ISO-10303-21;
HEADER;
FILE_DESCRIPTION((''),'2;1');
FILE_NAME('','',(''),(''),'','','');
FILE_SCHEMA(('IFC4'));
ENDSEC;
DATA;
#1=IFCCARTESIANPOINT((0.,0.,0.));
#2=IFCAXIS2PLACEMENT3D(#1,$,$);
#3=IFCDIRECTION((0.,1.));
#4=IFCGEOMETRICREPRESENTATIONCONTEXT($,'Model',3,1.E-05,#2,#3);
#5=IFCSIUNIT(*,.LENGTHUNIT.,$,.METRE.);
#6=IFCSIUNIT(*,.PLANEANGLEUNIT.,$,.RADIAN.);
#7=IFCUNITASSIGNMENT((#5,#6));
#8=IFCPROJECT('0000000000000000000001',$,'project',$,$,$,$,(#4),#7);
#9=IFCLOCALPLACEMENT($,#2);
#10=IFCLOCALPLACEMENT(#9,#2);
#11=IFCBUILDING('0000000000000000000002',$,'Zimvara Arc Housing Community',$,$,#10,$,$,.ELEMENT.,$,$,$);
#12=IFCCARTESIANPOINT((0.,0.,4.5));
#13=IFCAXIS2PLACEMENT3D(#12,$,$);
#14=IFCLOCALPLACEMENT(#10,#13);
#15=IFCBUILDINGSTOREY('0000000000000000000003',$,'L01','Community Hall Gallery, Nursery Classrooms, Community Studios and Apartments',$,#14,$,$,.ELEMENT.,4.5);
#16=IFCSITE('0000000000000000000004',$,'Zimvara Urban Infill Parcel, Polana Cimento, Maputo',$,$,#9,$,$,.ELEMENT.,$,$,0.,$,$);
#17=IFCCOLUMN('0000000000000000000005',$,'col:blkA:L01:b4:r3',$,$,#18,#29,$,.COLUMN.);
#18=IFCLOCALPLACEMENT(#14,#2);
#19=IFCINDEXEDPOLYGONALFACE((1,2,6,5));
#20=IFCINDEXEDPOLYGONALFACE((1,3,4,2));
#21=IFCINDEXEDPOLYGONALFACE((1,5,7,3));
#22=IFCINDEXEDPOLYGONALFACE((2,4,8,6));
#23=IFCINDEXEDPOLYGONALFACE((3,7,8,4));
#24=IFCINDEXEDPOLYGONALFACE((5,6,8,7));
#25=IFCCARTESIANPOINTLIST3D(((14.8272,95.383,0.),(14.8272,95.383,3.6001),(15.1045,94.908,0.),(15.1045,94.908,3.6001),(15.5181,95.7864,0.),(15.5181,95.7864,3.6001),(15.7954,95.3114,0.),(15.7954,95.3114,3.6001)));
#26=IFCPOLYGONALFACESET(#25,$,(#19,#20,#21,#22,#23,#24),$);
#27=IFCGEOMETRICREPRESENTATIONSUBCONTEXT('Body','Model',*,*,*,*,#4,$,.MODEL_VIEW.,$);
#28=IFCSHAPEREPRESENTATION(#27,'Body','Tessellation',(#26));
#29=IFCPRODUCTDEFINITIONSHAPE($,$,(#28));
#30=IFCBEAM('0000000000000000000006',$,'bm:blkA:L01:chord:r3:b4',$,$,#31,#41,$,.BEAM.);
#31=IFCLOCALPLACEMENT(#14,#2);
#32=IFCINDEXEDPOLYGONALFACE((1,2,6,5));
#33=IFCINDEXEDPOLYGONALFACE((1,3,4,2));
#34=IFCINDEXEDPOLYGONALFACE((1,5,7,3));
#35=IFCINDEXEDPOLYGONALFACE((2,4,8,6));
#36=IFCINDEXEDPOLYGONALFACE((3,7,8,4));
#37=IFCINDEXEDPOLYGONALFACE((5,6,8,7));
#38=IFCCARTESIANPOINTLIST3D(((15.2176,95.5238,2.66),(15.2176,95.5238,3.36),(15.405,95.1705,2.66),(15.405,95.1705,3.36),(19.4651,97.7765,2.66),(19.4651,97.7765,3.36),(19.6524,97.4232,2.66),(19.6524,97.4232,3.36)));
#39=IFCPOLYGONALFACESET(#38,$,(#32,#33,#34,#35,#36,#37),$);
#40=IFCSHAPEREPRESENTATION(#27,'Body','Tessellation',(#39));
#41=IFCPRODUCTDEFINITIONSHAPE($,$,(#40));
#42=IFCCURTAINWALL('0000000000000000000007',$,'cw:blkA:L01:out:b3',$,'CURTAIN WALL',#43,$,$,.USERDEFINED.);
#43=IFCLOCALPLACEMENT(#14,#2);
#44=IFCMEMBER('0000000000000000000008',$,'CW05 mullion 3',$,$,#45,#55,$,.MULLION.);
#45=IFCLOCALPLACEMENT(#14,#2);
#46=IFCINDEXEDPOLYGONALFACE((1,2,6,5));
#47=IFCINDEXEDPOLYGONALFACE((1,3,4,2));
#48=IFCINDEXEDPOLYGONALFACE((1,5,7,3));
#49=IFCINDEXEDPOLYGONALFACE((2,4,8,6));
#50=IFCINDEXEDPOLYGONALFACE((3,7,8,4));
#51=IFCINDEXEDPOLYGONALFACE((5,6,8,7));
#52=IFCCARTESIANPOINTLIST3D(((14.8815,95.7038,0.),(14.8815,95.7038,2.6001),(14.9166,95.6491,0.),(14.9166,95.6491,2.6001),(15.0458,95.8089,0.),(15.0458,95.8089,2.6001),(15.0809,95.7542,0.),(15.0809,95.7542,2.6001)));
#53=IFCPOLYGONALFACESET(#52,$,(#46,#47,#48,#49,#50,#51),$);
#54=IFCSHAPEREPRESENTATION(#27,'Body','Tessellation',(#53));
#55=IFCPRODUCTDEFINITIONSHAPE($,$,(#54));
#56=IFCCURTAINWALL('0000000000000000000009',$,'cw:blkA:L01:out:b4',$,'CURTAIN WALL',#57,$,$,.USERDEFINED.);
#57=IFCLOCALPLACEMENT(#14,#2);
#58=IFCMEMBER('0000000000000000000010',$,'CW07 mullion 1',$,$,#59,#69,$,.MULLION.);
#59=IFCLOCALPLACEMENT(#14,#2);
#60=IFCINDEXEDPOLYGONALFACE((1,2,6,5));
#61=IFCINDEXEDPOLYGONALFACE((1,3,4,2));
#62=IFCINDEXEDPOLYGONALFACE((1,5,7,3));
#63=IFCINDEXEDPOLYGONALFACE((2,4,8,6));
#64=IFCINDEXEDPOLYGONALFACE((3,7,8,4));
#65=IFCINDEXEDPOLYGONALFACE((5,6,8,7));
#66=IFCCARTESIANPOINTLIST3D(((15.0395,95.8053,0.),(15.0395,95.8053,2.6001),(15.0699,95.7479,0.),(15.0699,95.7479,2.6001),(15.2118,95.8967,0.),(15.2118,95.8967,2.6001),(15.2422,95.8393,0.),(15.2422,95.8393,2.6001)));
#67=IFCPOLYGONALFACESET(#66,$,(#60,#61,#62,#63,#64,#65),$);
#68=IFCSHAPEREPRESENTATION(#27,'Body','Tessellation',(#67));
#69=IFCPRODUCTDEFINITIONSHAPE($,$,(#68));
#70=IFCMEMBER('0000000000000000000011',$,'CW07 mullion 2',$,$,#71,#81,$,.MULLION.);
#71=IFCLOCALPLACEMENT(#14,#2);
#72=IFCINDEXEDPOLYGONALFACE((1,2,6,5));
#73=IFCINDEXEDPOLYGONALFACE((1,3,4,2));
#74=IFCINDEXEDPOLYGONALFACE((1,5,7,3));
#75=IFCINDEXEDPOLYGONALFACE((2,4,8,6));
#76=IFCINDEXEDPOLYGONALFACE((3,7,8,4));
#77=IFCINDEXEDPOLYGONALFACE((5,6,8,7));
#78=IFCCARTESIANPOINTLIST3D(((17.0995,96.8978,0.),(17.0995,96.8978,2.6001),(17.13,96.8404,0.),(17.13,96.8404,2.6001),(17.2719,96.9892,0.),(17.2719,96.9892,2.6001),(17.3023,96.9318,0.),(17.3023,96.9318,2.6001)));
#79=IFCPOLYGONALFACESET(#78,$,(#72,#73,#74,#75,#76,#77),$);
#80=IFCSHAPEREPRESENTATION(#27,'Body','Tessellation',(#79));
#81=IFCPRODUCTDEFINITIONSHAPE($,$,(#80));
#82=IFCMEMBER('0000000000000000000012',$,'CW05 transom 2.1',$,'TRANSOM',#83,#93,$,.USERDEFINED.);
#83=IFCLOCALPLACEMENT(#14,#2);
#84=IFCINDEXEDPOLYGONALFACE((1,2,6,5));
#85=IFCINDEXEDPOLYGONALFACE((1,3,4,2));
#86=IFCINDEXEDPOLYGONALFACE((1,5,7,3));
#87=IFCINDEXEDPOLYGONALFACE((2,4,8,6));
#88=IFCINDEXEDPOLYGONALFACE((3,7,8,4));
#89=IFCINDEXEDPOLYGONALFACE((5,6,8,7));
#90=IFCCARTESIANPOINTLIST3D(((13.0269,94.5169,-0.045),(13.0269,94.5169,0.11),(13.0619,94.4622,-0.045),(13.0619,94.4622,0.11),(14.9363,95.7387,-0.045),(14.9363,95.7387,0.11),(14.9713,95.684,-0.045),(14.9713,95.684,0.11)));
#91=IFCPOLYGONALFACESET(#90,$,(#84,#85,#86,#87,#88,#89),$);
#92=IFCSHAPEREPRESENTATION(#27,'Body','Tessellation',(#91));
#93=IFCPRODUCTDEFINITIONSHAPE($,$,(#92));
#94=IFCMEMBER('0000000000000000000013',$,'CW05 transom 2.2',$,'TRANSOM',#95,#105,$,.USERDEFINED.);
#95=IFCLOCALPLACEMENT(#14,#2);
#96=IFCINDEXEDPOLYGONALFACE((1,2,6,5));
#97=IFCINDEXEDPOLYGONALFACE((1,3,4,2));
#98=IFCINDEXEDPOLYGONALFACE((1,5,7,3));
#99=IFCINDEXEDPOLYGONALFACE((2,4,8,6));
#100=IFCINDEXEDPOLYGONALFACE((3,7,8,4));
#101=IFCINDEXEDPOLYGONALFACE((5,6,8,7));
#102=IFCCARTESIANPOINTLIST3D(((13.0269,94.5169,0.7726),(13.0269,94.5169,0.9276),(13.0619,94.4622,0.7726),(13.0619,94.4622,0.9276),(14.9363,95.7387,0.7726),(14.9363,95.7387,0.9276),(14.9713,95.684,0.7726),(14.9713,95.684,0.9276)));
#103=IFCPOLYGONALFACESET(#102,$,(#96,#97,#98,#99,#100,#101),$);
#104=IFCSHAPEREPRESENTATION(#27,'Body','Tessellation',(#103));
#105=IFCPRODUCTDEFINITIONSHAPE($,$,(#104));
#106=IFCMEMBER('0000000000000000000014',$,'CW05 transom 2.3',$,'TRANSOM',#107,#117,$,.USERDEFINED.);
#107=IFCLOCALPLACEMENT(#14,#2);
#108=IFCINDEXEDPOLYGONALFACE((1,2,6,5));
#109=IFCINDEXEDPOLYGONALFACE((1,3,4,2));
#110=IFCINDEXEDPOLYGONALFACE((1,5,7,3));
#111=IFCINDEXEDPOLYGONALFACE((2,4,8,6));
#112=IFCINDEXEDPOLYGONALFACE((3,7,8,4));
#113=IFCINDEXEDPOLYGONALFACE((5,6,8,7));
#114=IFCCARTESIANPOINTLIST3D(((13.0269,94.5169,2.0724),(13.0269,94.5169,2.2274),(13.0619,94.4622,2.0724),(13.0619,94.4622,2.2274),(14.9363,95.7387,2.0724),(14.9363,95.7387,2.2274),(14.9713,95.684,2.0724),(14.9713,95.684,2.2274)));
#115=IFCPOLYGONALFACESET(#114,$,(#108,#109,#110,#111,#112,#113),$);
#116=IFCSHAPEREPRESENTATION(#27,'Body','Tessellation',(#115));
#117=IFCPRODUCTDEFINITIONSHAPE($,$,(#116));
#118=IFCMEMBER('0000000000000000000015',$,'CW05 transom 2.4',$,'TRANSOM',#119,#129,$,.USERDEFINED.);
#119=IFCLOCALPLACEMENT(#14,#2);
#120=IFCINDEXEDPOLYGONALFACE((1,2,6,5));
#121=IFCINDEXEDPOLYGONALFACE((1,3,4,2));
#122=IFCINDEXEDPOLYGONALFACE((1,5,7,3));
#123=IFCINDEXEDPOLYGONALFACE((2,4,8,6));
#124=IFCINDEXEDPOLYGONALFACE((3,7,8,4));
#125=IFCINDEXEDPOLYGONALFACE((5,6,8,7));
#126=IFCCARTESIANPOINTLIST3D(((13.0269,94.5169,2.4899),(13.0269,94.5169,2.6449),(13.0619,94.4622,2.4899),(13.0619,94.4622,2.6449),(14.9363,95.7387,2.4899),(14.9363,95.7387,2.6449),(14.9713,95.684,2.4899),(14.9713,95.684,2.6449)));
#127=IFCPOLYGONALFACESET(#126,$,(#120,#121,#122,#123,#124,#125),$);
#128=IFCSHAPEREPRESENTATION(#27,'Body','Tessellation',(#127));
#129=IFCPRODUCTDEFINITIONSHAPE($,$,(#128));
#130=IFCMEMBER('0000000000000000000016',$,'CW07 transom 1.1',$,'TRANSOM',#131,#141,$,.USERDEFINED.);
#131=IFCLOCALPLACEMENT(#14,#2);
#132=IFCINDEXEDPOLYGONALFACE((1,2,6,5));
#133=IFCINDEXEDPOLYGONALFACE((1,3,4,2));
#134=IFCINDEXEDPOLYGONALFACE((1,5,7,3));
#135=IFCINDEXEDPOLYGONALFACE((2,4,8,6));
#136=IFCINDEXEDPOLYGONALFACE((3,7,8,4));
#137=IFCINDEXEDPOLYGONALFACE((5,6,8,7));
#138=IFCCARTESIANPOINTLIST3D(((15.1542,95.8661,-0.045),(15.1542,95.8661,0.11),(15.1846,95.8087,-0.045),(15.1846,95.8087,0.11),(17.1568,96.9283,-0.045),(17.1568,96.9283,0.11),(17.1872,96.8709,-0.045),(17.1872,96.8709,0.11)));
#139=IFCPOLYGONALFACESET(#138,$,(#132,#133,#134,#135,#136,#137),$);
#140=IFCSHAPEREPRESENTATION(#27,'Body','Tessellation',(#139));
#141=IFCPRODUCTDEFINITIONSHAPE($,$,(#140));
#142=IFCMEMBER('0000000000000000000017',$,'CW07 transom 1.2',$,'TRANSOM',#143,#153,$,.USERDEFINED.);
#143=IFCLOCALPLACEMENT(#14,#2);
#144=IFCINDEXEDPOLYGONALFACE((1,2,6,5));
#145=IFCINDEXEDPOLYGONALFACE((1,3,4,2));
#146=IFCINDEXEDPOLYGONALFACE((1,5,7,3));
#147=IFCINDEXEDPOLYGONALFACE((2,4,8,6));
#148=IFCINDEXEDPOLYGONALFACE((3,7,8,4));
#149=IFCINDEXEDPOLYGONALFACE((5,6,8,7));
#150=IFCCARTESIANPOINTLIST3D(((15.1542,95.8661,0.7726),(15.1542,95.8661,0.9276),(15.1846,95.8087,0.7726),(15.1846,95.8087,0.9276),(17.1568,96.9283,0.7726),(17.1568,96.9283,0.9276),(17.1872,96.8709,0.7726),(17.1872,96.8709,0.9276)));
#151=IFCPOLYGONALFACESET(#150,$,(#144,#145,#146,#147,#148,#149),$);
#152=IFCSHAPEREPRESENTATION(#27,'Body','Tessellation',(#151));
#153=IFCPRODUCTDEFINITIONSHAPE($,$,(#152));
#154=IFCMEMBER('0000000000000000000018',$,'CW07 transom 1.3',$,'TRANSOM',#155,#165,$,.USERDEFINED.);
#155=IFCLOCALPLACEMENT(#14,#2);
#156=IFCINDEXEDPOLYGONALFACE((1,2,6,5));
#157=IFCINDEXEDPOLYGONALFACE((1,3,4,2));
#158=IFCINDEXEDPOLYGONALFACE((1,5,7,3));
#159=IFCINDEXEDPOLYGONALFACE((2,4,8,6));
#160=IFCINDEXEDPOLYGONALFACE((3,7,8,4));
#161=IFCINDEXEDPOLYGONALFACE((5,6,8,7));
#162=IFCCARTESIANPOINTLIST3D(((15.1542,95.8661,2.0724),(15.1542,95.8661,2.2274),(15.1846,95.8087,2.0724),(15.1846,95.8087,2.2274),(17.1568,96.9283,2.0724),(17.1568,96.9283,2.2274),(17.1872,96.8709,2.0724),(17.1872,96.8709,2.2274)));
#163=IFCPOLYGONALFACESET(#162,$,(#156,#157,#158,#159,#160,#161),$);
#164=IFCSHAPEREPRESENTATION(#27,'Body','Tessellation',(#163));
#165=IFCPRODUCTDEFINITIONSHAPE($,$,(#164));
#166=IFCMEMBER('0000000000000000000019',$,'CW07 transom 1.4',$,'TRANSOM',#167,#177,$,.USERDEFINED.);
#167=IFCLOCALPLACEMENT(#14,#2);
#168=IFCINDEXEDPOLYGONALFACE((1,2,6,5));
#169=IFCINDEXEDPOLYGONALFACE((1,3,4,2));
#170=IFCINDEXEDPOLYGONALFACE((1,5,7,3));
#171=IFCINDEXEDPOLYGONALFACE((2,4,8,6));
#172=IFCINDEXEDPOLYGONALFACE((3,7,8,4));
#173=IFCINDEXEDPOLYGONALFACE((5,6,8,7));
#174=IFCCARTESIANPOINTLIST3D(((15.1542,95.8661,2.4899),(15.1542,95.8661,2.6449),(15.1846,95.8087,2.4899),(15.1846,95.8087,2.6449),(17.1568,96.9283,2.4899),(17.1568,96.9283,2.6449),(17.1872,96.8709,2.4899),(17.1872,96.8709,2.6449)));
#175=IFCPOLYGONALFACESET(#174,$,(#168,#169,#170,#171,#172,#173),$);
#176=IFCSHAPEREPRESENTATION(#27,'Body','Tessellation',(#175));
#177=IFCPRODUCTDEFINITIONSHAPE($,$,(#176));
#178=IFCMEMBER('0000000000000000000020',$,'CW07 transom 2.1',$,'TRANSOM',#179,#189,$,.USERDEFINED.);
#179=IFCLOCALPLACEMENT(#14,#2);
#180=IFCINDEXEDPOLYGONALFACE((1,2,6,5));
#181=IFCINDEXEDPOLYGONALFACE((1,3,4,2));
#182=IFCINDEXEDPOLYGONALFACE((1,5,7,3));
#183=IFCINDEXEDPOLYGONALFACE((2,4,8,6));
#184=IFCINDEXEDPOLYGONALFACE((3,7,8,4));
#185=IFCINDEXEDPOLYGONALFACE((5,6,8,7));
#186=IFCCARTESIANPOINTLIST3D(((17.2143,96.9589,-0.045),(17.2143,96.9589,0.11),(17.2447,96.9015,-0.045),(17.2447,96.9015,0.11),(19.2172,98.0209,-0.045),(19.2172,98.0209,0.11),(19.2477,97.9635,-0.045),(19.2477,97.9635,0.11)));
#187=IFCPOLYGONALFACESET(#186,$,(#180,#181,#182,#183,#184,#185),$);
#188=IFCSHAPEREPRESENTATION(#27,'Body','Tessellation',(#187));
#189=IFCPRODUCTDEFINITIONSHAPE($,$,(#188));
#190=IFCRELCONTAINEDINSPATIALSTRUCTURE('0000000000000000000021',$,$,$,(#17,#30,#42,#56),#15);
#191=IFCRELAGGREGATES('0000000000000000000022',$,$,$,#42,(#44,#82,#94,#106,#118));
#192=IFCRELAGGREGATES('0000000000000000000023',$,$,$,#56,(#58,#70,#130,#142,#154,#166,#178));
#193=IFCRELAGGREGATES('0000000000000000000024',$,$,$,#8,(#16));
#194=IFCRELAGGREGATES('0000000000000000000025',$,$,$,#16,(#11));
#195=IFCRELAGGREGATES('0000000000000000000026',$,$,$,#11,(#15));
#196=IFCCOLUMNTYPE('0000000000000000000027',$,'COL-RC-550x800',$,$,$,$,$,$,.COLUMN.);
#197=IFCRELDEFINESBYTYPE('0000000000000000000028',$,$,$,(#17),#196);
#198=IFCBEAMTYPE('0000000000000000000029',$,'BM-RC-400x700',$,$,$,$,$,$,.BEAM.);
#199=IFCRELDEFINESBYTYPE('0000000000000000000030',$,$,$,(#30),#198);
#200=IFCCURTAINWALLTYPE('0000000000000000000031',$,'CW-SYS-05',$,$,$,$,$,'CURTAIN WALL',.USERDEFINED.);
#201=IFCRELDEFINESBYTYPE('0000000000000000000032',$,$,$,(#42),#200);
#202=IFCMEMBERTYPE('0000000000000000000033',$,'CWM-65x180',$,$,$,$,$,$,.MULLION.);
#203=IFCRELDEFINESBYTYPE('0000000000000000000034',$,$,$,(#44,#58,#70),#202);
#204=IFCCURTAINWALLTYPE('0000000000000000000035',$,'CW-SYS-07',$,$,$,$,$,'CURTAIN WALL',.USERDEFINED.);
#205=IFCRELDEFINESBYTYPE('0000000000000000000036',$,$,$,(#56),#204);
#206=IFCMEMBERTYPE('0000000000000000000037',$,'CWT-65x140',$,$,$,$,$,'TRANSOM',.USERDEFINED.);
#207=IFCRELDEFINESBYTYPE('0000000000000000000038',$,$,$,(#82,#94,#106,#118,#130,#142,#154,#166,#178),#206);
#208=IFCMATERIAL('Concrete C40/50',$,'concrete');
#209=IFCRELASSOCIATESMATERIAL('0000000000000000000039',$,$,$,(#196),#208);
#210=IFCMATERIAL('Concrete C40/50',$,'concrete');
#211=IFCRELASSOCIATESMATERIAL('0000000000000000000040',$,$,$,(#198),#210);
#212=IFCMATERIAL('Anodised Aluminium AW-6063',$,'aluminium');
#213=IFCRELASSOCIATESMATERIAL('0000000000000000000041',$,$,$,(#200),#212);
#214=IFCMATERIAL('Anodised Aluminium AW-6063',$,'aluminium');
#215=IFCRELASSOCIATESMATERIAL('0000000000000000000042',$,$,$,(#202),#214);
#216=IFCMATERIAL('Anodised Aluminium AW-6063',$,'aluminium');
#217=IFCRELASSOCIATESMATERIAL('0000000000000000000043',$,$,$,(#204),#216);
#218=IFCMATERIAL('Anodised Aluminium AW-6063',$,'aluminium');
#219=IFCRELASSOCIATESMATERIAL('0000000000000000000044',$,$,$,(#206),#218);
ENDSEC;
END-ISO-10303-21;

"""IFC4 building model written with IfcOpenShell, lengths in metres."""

from ifc_helpers import new_model, si_unit, direction, frame, origin, origin_2d, place, context, subcontext, project, spatial, rectangle, extrude, material, material_profile, profile_set, type_object, element, aggregate, save


model = new_model("IFC4")

# Units and contexts
model_context = context("Model", 3, precision=1e-05, world=origin(), true_north=direction((0.0, 1.0)))
body_context = subcontext(model_context, "Body", "Model", "MODEL_VIEW")
ifc_project = project(units=[si_unit("LENGTHUNIT", "METRE"), si_unit("PLANEANGLEUNIT", "RADIAN")], contexts=[model_context])

# Site, building, storey
site_placement = place(None, origin())
site = spatial("IfcSite", under=ifc_project, at=site_placement, Name="Zimvara Urban Infill Parcel, Polana Cimento, Maputo", CompositionType="ELEMENT", RefElevation=0.0)
building_placement = place(site_placement, origin())
building = spatial("IfcBuilding", under=site, at=building_placement, Name="Zimvara Arc Housing Community", CompositionType="ELEMENT")
storey_placement = place(building_placement, frame((0.0, 0.0, 4.5)))
storey = spatial("IfcBuildingStorey", under=building, at=storey_placement, Name="L01", Description="Community Hall Gallery, Nursery Classrooms, Community Studios and Apartments", CompositionType="ELEMENT", Elevation=4.5)

# Column
ifc_material_1 = material(Name="Concrete C40/50", Category="concrete")
ifc_material_profile_1 = material_profile(ifc_material_1, rectangle(XDim=0.55, YDim=0.8, at=origin_2d()), Name="RC 550x800")
ifc_profile_set_1 = profile_set([ifc_material_profile_1], Name="Concrete C40/50")
column_type = type_object("IfcColumnType", Name="COL-RC-550x800", PredefinedType="COLUMN", material=ifc_profile_set_1)
column_placement = place(storey_placement, frame((15.3113, 95.3472, 0.0), z_axis=(0.0, 0.0, 1.0), x_axis=(-0.504226, 0.863572, 0.0)))
element("IfcColumn", 1, at=column_placement, inside=storey, type_object=column_type, Name="col:blkA:L01:b4:r3", PredefinedType="COLUMN", context=body_context, shape_type="SweptSolid", body=[
    extrude(rectangle(XDim=0.55, YDim=0.8, at=origin_2d()), origin(), (0.0, 0.0, 1.0), 3.6001),
])

# Beam
ifc_material_2 = material(Name="Concrete C40/50", Category="concrete")
ifc_material_profile_2 = material_profile(ifc_material_2, rectangle(XDim=0.3999, YDim=0.7, at=origin_2d()), Name="RC 400x700")
ifc_profile_set_2 = profile_set([ifc_material_profile_2], Name="Concrete C40/50")
beam_type = type_object("IfcBeamType", Name="BM-RC-400x700", PredefinedType="BEAM", material=ifc_profile_set_2)
beam_placement = place(storey_placement, frame((15.3113, 95.3472, 3.01), z_axis=(0.883446, 0.468534, 0.0), x_axis=(-0.468534, 0.883446, 0.0)))
element("IfcBeam", 2, at=beam_placement, inside=storey, type_object=beam_type, Name="bm:blkA:L01:chord:r3:b4", PredefinedType="BEAM", context=body_context, shape_type="SweptSolid", body=[
    extrude(rectangle(XDim=0.3999, YDim=0.7, at=origin_2d()), origin(), (0.0, 0.0, 1.0), 4.8079),
])

# Curtain wall, member
ifc_material_3 = material(Name="Anodised Aluminium AW-6063", Category="aluminium")
curtain_wall_type_1 = type_object("IfcCurtainWallType", Name="CW-SYS-05", ElementType="CURTAIN WALL", PredefinedType="USERDEFINED", material=ifc_material_3)
curtain_wall_1_placement = place(storey_placement, origin())
curtain_wall_1 = element("IfcCurtainWall", 3, at=curtain_wall_1_placement, inside=storey, type_object=curtain_wall_type_1, Name="cw:blkA:L01:out:b3", ObjectType="CURTAIN WALL", PredefinedType="USERDEFINED")
ifc_material_4 = material(Name="Anodised Aluminium AW-6063", Category="aluminium")
ifc_material_profile_3 = material_profile(ifc_material_4, rectangle(XDim=0.0649, YDim=0.1951, at=origin_2d()), Name="ALU 65x195")
ifc_profile_set_3 = profile_set([ifc_material_profile_3], Name="Anodised Aluminium AW-6063")
member_type_1 = type_object("IfcMemberType", Name="CWM-65x180", PredefinedType="MULLION", material=ifc_profile_set_3)
member_1_placement = place(storey_placement, frame((14.9812, 95.729, 0.0), z_axis=(0.0, 0.0, 1.0), x_axis=(-0.539065, 0.842264, 0.0)))
member_1 = element("IfcMember", 4, at=member_1_placement, type_object=member_type_1, Name="CW05 mullion 3", PredefinedType="MULLION", context=body_context, shape_type="SweptSolid", body=[
    extrude(rectangle(XDim=0.0649, YDim=0.1951, at=origin_2d()), origin(), (0.0, 0.0, 1.0), 2.6001),
])

# Curtain wall, members
ifc_material_5 = material(Name="Anodised Aluminium AW-6063", Category="aluminium")
curtain_wall_type_2 = type_object("IfcCurtainWallType", Name="CW-SYS-07", ElementType="CURTAIN WALL", PredefinedType="USERDEFINED", material=ifc_material_5)
curtain_wall_2_placement = place(storey_placement, origin())
curtain_wall_2 = element("IfcCurtainWall", 5, at=curtain_wall_2_placement, inside=storey, type_object=curtain_wall_type_2, Name="cw:blkA:L01:out:b4", ObjectType="CURTAIN WALL", PredefinedType="USERDEFINED")
member_2_placement = place(storey_placement, frame((15.1409, 95.8223, 0.0), z_axis=(0.0, 0.0, 1.0), x_axis=(-0.468547, 0.883439, 0.0)))
member_2 = element("IfcMember", 6, at=member_2_placement, type_object=member_type_1, Name="CW07 mullion 1", PredefinedType="MULLION", context=body_context, shape_type="SweptSolid", body=[
    extrude(rectangle(XDim=0.0649, YDim=0.1951, at=origin_2d()), origin(), (0.0, 0.0, 1.0), 2.6001),
])
member_3_placement = place(storey_placement, frame((17.2009, 96.9148, 0.0), z_axis=(0.0, 0.0, 1.0), x_axis=(-0.468547, 0.883439, 0.0)))
member_3 = element("IfcMember", 7, at=member_3_placement, type_object=member_type_1, Name="CW07 mullion 2", PredefinedType="MULLION", context=body_context, shape_type="SweptSolid", body=[
    extrude(rectangle(XDim=0.0649, YDim=0.1951, at=origin_2d()), origin(), (0.0, 0.0, 1.0), 2.6001),
])

# Members
ifc_material_6 = material(Name="Anodised Aluminium AW-6063", Category="aluminium")
ifc_material_profile_4 = material_profile(ifc_material_6, rectangle(XDim=0.0649, YDim=0.155, at=origin_2d()), Name="ALU 65x155")
ifc_profile_set_4 = profile_set([ifc_material_profile_4], Name="Anodised Aluminium AW-6063")
member_type_2 = type_object("IfcMemberType", Name="CWT-65x140", ElementType="TRANSOM", PredefinedType="USERDEFINED", material=ifc_profile_set_4)
member_4_placement = place(storey_placement, frame((13.0444, 94.4895, 0.0325), z_axis=(0.842293, 0.53902, 0.0), x_axis=(-0.53902, 0.842293, 0.0)))
member_4 = element("IfcMember", 8, at=member_4_placement, type_object=member_type_2, Name="CW05 transom 2.1", ObjectType="TRANSOM", PredefinedType="USERDEFINED", context=body_context, shape_type="SweptSolid", body=[
    extrude(rectangle(XDim=0.0649, YDim=0.155, at=origin_2d()), origin(), (0.0, 0.0, 1.0), 2.2668),
])
member_5_placement = place(storey_placement, frame((13.0444, 94.4895, 0.8501), z_axis=(0.842293, 0.53902, 0.0), x_axis=(-0.53902, 0.842293, 0.0)))
member_5 = element("IfcMember", 9, at=member_5_placement, type_object=member_type_2, Name="CW05 transom 2.2", ObjectType="TRANSOM", PredefinedType="USERDEFINED", context=body_context, shape_type="SweptSolid", body=[
    extrude(rectangle(XDim=0.0649, YDim=0.155, at=origin_2d()), origin(), (0.0, 0.0, 1.0), 2.2668),
])
member_6_placement = place(storey_placement, frame((13.0444, 94.4895, 2.1499), z_axis=(0.842293, 0.53902, 0.0), x_axis=(-0.53902, 0.842293, 0.0)))
member_6 = element("IfcMember", 10, at=member_6_placement, type_object=member_type_2, Name="CW05 transom 2.3", ObjectType="TRANSOM", PredefinedType="USERDEFINED", context=body_context, shape_type="SweptSolid", body=[
    extrude(rectangle(XDim=0.0649, YDim=0.155, at=origin_2d()), origin(), (0.0, 0.0, 1.0), 2.2668),
])
member_7_placement = place(storey_placement, frame((13.0444, 94.4895, 2.5674), z_axis=(0.842293, 0.53902, 0.0), x_axis=(-0.53902, 0.842293, 0.0)))
member_7 = element("IfcMember", 11, at=member_7_placement, type_object=member_type_2, Name="CW05 transom 2.4", ObjectType="TRANSOM", PredefinedType="USERDEFINED", context=body_context, shape_type="SweptSolid", body=[
    extrude(rectangle(XDim=0.0649, YDim=0.155, at=origin_2d()), origin(), (0.0, 0.0, 1.0), 2.2668),
])
member_8_placement = place(storey_placement, frame((15.1694, 95.8374, 0.0325), z_axis=(0.883421, 0.46858, 0.0), x_axis=(-0.46858, 0.883421, 0.0)))
member_8 = element("IfcMember", 12, at=member_8_placement, type_object=member_type_2, Name="CW07 transom 1.1", ObjectType="TRANSOM", PredefinedType="USERDEFINED", context=body_context, shape_type="SweptSolid", body=[
    extrude(rectangle(XDim=0.0649, YDim=0.155, at=origin_2d()), origin(), (0.0, 0.0, 1.0), 2.2668),
])
member_9_placement = place(storey_placement, frame((15.1694, 95.8374, 0.8501), z_axis=(0.883421, 0.46858, 0.0), x_axis=(-0.46858, 0.883421, 0.0)))
member_9 = element("IfcMember", 13, at=member_9_placement, type_object=member_type_2, Name="CW07 transom 1.2", ObjectType="TRANSOM", PredefinedType="USERDEFINED", context=body_context, shape_type="SweptSolid", body=[
    extrude(rectangle(XDim=0.0649, YDim=0.155, at=origin_2d()), origin(), (0.0, 0.0, 1.0), 2.2668),
])
member_10_placement = place(storey_placement, frame((15.1694, 95.8374, 2.1499), z_axis=(0.883421, 0.46858, 0.0), x_axis=(-0.46858, 0.883421, 0.0)))
member_10 = element("IfcMember", 14, at=member_10_placement, type_object=member_type_2, Name="CW07 transom 1.3", ObjectType="TRANSOM", PredefinedType="USERDEFINED", context=body_context, shape_type="SweptSolid", body=[
    extrude(rectangle(XDim=0.0649, YDim=0.155, at=origin_2d()), origin(), (0.0, 0.0, 1.0), 2.2668),
])
member_11_placement = place(storey_placement, frame((15.1694, 95.8374, 2.5674), z_axis=(0.883421, 0.46858, 0.0), x_axis=(-0.46858, 0.883421, 0.0)))
member_11 = element("IfcMember", 15, at=member_11_placement, type_object=member_type_2, Name="CW07 transom 1.4", ObjectType="TRANSOM", PredefinedType="USERDEFINED", context=body_context, shape_type="SweptSolid", body=[
    extrude(rectangle(XDim=0.0649, YDim=0.155, at=origin_2d()), origin(), (0.0, 0.0, 1.0), 2.2668),
])
member_12_placement = place(storey_placement, frame((17.2295, 96.9302, 0.0325), z_axis=(0.883489, 0.468452, 0.0), x_axis=(-0.468452, 0.883489, 0.0)))
member_12 = element("IfcMember", 16, at=member_12_placement, type_object=member_type_2, Name="CW07 transom 2.1", ObjectType="TRANSOM", PredefinedType="USERDEFINED", context=body_context, shape_type="SweptSolid", body=[
    extrude(rectangle(XDim=0.0649, YDim=0.155, at=origin_2d()), origin(), (0.0, 0.0, 1.0), 2.2671),
])

aggregate(curtain_wall_1, [member_1, member_4, member_5, member_6, member_7])
aggregate(curtain_wall_2, [member_2, member_3, member_8, member_9, member_10, member_11, member_12])

save(model, "model.ifc")
